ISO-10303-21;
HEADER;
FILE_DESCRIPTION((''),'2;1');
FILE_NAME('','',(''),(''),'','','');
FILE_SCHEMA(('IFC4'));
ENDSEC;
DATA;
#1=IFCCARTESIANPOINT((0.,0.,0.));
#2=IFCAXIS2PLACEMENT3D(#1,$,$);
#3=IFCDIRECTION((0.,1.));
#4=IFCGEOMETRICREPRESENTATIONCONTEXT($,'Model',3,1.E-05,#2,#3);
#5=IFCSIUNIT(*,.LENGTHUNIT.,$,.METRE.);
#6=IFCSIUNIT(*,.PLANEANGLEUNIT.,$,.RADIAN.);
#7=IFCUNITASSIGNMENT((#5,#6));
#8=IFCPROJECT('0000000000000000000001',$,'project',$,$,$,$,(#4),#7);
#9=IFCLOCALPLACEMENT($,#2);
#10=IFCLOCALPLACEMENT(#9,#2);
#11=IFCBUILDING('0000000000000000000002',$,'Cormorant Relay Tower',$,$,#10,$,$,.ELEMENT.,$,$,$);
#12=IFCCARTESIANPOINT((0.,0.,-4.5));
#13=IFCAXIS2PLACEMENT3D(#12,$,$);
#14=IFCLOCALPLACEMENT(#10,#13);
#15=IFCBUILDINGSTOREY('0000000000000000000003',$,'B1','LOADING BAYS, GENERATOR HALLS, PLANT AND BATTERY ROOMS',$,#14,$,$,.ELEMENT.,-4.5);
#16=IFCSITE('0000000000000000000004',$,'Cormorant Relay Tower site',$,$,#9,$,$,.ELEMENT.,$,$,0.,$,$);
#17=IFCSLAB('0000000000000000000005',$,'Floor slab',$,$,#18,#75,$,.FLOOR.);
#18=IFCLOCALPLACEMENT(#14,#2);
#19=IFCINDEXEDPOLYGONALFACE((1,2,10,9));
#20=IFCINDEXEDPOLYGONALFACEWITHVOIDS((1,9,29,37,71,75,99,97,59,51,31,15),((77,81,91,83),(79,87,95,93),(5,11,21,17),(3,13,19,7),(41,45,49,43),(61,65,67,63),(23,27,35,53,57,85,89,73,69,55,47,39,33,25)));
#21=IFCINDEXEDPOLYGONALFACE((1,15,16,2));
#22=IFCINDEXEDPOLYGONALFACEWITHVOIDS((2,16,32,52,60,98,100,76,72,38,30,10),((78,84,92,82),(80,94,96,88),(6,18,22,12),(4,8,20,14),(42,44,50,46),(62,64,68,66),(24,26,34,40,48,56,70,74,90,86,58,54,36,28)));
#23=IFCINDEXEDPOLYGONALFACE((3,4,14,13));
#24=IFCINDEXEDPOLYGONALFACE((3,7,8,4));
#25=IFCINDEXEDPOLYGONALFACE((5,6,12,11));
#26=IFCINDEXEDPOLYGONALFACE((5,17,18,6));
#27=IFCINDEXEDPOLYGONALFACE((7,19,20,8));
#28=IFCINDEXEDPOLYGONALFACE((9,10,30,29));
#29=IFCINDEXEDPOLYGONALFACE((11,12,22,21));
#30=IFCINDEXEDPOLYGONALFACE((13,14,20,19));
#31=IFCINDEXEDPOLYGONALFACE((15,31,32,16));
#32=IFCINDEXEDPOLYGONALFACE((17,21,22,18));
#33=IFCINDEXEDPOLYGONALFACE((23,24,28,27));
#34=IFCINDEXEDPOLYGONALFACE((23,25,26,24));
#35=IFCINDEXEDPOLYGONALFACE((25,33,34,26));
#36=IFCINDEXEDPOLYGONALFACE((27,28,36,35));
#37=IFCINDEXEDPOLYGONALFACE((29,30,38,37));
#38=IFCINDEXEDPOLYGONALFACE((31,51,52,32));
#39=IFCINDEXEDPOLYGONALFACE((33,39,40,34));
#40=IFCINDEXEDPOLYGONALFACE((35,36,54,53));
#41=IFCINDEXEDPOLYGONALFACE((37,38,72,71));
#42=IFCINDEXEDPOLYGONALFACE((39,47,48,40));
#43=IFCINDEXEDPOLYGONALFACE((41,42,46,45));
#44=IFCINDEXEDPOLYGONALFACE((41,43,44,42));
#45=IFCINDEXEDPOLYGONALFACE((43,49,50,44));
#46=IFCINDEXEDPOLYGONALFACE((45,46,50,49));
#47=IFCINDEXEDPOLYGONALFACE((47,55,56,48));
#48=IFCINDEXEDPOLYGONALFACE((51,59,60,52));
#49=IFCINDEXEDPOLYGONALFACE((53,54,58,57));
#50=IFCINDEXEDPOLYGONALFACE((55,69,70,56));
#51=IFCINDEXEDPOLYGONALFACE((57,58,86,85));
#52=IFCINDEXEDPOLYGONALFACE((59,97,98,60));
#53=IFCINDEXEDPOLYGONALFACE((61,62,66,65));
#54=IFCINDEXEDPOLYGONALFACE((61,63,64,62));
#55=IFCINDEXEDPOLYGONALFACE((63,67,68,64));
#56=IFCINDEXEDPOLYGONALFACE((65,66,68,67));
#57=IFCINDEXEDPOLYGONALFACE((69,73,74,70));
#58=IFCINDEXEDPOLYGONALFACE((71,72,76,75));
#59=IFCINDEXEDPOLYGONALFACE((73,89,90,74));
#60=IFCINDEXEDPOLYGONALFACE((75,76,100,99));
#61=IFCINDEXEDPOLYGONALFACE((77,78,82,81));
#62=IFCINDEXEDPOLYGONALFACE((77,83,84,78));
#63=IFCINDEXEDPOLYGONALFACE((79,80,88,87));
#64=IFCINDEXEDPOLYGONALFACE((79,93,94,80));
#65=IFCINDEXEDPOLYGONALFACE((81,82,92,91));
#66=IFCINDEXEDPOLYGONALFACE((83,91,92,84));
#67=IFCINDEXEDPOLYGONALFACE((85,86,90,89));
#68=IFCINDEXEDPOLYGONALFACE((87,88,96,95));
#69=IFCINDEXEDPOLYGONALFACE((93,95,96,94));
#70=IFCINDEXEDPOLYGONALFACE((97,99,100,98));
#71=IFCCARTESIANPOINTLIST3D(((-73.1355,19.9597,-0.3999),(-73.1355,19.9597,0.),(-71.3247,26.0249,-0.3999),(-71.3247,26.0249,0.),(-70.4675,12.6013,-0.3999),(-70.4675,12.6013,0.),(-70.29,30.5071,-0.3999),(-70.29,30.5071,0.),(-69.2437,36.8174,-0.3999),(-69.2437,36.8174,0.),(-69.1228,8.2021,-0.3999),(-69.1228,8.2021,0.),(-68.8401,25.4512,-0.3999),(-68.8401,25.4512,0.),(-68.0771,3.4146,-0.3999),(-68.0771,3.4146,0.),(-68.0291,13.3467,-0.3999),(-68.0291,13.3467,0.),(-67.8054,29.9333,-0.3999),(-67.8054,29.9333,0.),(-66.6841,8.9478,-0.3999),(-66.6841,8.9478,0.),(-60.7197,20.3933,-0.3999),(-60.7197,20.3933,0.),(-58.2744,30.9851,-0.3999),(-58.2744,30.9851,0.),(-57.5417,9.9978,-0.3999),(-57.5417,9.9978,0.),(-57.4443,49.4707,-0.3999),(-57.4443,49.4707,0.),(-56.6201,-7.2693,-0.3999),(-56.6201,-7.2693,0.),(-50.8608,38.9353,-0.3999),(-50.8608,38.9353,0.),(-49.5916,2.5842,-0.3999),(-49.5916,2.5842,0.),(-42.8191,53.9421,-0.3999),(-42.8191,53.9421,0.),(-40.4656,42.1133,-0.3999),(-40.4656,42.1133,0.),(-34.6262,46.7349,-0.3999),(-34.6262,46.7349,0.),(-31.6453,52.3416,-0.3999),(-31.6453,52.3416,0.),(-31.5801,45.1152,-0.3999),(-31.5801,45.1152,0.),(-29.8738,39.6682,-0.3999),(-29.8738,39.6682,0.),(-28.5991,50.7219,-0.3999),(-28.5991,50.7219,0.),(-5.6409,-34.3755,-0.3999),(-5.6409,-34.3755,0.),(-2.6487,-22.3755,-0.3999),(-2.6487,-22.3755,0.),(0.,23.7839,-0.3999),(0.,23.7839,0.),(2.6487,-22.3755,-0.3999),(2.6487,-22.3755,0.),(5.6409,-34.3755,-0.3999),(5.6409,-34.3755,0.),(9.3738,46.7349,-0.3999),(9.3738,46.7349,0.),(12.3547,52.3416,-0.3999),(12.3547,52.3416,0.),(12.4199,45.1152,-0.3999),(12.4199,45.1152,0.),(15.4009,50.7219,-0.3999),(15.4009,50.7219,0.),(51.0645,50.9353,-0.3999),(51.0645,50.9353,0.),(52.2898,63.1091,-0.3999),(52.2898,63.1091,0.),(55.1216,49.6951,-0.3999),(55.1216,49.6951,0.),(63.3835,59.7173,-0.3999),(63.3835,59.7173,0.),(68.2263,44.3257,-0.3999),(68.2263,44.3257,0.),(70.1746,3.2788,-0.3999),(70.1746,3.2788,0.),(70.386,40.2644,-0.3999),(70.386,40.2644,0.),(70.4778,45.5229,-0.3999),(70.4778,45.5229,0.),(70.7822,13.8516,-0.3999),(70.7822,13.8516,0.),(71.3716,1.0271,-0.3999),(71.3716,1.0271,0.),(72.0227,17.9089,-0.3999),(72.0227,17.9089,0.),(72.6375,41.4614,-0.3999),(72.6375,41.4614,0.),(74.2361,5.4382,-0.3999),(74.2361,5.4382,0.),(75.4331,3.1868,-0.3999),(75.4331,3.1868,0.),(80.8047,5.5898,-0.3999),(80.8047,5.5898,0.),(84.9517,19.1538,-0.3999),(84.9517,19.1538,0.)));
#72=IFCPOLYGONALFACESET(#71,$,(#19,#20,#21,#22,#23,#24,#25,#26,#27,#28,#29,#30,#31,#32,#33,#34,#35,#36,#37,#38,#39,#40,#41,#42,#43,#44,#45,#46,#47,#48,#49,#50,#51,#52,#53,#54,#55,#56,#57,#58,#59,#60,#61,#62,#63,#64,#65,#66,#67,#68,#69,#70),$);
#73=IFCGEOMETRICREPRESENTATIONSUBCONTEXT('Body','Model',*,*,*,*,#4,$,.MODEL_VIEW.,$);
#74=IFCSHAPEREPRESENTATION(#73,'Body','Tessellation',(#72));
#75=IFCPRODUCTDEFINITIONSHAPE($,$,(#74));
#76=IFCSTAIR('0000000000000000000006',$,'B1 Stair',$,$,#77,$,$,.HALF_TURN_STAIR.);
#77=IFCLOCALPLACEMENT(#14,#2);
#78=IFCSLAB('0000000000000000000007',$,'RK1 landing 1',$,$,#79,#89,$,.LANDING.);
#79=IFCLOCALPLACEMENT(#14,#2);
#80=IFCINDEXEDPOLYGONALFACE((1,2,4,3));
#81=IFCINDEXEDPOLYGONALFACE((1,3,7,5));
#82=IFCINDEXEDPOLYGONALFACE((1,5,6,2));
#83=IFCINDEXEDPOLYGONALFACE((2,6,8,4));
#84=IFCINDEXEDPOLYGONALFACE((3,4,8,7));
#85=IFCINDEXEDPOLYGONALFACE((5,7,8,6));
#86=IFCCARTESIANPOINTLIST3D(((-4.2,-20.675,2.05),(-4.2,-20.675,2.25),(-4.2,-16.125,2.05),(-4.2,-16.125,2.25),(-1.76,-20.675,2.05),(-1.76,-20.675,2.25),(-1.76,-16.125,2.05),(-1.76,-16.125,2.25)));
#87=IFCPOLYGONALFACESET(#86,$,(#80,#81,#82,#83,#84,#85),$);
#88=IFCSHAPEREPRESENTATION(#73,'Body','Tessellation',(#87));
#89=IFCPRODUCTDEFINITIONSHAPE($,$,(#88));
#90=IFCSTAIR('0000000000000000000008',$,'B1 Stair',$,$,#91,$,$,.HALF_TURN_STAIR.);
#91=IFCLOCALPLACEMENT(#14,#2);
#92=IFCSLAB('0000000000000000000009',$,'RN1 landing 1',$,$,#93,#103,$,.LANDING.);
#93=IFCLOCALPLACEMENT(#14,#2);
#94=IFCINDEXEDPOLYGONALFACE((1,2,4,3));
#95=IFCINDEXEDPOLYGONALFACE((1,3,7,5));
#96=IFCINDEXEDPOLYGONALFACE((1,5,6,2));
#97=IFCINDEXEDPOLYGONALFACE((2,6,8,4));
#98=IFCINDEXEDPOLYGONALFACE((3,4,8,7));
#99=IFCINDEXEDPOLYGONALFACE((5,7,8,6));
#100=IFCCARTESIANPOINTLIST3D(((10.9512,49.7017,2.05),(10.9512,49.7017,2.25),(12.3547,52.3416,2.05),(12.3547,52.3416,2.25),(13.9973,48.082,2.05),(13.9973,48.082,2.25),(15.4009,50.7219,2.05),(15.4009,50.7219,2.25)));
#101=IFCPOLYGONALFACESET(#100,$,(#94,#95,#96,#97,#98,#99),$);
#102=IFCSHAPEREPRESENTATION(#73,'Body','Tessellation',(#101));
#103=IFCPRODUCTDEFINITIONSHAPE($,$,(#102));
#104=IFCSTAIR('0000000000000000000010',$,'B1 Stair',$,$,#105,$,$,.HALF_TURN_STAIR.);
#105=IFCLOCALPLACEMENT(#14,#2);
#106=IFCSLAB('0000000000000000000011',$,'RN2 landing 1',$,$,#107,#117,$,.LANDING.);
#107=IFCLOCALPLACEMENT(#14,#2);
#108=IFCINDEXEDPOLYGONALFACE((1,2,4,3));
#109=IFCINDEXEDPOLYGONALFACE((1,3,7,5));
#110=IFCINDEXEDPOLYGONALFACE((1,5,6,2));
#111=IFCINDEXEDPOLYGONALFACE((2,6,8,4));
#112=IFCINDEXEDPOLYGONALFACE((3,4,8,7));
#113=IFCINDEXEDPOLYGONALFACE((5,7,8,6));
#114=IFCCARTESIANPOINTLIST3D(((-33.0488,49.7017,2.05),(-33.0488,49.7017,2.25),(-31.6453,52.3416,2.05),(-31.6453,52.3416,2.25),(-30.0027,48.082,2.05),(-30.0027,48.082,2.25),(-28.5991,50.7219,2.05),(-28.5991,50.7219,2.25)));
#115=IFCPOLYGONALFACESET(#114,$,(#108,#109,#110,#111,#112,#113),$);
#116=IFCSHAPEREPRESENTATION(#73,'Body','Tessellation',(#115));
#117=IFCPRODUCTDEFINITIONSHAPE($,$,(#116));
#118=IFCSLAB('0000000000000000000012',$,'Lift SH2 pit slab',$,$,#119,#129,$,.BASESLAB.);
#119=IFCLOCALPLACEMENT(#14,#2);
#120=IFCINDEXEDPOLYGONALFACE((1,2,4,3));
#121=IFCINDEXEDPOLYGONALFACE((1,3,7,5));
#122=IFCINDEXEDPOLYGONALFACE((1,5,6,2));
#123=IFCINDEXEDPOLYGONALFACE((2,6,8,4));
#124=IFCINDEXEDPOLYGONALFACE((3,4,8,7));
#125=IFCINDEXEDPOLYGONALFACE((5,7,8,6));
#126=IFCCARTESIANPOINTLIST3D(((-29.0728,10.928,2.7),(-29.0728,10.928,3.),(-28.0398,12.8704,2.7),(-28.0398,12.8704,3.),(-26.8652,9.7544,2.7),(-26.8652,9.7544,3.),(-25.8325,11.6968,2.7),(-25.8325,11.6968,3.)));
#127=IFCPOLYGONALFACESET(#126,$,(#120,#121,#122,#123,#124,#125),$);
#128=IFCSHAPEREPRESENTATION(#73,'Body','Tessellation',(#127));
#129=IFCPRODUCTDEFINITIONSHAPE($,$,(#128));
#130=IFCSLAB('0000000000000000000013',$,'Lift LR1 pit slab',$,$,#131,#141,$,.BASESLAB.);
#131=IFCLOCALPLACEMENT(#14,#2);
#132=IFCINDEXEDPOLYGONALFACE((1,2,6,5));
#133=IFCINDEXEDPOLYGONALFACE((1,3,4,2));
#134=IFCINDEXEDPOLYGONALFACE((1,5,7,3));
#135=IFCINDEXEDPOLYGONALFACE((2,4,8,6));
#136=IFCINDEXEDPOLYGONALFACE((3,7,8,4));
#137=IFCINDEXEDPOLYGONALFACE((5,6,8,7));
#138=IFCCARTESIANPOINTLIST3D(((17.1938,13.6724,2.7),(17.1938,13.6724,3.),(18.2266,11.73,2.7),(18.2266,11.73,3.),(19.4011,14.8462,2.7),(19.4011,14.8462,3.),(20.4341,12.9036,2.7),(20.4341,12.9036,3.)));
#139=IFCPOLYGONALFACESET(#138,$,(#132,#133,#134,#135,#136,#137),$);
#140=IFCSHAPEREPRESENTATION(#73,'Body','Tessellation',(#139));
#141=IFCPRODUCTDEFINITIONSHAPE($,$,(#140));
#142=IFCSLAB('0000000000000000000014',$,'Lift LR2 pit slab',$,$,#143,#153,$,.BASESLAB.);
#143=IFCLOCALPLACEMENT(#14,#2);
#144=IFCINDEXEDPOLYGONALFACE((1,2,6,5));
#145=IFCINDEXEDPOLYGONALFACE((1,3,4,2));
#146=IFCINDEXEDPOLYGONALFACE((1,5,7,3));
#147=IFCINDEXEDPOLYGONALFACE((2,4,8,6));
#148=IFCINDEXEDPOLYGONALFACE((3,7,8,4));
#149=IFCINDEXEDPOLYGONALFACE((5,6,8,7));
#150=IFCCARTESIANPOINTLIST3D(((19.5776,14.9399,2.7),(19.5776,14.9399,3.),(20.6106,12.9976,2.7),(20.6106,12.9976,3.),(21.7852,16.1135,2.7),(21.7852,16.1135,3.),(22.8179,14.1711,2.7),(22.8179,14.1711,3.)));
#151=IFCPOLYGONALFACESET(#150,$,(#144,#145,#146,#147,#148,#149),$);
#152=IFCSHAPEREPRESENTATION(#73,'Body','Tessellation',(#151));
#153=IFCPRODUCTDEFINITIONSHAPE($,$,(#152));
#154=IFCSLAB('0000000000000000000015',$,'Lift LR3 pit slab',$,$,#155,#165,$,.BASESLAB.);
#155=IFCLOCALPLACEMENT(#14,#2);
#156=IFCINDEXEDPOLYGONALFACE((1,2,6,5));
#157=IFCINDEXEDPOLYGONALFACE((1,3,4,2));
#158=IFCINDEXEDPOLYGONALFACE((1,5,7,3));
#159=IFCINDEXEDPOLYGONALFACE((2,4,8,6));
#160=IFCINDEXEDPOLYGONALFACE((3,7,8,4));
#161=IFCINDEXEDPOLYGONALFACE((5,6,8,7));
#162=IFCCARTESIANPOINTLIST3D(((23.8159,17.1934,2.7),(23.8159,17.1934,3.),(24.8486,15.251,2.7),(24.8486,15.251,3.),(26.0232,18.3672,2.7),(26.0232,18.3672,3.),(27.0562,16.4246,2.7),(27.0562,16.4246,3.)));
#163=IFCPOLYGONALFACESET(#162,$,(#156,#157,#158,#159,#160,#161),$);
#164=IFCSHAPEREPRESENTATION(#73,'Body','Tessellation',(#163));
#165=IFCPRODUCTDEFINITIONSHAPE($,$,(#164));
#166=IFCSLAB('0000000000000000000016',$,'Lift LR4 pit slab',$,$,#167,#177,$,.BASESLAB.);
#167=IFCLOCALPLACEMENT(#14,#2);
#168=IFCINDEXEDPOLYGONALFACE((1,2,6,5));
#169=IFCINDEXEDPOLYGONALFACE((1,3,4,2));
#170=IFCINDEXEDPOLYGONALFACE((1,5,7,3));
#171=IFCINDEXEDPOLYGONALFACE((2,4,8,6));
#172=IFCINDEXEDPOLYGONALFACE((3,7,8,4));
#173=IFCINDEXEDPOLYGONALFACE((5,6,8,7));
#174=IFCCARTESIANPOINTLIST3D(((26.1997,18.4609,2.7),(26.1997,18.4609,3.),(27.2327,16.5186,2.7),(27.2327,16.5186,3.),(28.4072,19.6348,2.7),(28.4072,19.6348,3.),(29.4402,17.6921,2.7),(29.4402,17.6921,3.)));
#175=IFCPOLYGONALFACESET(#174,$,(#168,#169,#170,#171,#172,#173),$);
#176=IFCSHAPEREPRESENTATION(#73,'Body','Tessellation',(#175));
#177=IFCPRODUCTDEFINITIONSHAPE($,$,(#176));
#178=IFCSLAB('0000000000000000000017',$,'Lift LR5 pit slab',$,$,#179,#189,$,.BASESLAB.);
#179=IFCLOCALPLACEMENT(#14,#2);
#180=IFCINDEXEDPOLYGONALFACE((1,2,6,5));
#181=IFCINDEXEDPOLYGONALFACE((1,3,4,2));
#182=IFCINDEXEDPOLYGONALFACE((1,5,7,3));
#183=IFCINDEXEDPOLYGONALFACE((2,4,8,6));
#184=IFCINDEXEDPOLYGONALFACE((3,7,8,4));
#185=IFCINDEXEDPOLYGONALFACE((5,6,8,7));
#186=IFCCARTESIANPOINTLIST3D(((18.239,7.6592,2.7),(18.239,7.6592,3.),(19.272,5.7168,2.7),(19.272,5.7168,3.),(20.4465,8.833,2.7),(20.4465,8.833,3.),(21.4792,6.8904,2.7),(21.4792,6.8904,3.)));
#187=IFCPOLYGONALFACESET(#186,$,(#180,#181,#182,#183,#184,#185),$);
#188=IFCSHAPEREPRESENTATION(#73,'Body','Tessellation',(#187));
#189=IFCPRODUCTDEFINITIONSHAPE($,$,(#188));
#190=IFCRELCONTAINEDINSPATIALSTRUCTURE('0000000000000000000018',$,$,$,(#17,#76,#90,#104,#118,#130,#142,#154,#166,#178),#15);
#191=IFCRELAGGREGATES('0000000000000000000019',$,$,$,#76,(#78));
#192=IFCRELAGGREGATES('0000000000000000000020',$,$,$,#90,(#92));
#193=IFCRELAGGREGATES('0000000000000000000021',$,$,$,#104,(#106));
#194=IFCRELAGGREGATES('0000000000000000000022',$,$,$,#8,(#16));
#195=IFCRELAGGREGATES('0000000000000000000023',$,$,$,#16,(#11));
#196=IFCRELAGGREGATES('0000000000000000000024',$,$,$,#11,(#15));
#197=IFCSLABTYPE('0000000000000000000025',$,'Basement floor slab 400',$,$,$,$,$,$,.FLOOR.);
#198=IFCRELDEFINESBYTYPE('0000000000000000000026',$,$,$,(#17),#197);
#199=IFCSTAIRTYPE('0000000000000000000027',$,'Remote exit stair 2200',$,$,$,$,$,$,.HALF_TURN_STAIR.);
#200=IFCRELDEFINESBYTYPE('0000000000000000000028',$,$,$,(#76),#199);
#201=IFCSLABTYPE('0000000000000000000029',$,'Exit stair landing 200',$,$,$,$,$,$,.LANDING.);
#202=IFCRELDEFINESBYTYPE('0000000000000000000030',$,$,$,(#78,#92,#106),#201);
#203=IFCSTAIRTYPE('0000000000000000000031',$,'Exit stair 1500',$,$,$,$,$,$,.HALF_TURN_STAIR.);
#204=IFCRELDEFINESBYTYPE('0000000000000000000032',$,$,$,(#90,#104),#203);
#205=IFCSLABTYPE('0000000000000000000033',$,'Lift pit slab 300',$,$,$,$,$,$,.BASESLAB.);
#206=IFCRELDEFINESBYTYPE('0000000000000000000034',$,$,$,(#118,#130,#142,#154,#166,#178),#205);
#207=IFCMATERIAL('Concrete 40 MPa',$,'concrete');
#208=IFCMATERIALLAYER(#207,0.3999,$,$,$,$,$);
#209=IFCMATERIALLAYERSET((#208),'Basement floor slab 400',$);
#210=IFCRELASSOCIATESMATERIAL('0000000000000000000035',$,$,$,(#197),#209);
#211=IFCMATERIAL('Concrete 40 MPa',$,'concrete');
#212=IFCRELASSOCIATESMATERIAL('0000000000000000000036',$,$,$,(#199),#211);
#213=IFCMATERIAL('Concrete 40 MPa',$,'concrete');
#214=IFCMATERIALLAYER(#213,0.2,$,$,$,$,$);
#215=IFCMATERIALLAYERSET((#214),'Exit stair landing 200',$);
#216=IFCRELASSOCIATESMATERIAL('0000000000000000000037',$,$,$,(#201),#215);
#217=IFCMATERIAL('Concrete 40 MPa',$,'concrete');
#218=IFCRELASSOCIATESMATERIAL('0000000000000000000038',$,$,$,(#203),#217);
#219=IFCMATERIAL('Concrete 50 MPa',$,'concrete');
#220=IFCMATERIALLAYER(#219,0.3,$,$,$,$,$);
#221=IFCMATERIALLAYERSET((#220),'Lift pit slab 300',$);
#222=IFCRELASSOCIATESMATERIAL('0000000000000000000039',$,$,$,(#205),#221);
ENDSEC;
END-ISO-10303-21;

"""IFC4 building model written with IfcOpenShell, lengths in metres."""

from ifc_helpers import new_model, si_unit, direction, frame, origin, place, context, subcontext, project, spatial, polyline, outline, extrude, material, layer, layer_set, type_object, element, aggregate, save


model = new_model("IFC4")

# Units and contexts
model_context = context("Model", 3, precision=1e-05, world=origin(), true_north=direction((0.0, 1.0)))
body_context = subcontext(model_context, "Body", "Model", "MODEL_VIEW")
ifc_project = project(units=[si_unit("LENGTHUNIT", "METRE"), si_unit("PLANEANGLEUNIT", "RADIAN")], contexts=[model_context])

# Site, building, storey
site_placement = place(None, origin())
site = spatial("IfcSite", under=ifc_project, at=site_placement, Name="Cormorant Relay Tower site", CompositionType="ELEMENT", RefElevation=0.0)
building_placement = place(site_placement, origin())
building = spatial("IfcBuilding", under=site, at=building_placement, Name="Cormorant Relay Tower", CompositionType="ELEMENT")
storey_placement = place(building_placement, frame((0.0, 0.0, -4.5)))
storey = spatial("IfcBuildingStorey", under=building, at=storey_placement, Name="B1", Description="LOADING BAYS, GENERATOR HALLS, PLANT AND BATTERY ROOMS", CompositionType="ELEMENT", Elevation=-4.5)

# Slab
ifc_material_1 = material(Name="Concrete 40 MPa", Category="concrete")
ifc_layer_1 = layer(ifc_material_1, 0.3999)
ifc_layer_set_1 = layer_set([ifc_layer_1], Name="Basement floor slab 400")
slab_type_1 = type_object("IfcSlabType", Name="Basement floor slab 400", PredefinedType="FLOOR", material=ifc_layer_set_1)
slab_1_placement = place(storey_placement, frame((0.0, 0.0, -0.3999)))
element("IfcSlab", 1, at=slab_1_placement, inside=storey, type_object=slab_type_1, Name="Floor slab", PredefinedType="FLOOR", context=body_context, shape_type="SweptSolid", body=[
    extrude(outline(polyline([(-5.6409, -34.3755), (5.6409, -34.3755), (80.8047, 5.5898), (84.9517, 19.1538), (63.3835, 59.7173), (52.2898, 63.1091), (-42.8191, 53.9421), (-57.4443, 49.4707), (-69.2437, 36.8174), (-73.1355, 19.9597), (-68.0771, 3.4146), (-56.6201, -7.2693), (-5.6409, -34.3755)]), holes=[polyline([(2.6487, -22.3755), (70.7822, 13.8516), (72.0227, 17.9089), (55.1216, 49.6951), (51.0645, 50.9353), (0.0, 23.7839), (-29.8738, 39.6682), (-40.4656, 42.1133), (-50.8608, 38.9353), (-58.2744, 30.9851), (-60.7197, 20.3933), (-57.5417, 9.9978), (-49.5916, 2.5842), (-2.6487, -22.3755), (2.6487, -22.3755)]), polyline([(74.2361, 5.4382), (70.1746, 3.2788), (71.3716, 1.0271), (75.4331, 3.1868), (74.2361, 5.4382)]), polyline([(-66.6841, 8.9478), (-68.0291, 13.3467), (-70.4675, 12.6013), (-69.1228, 8.2021), (-66.6841, 8.9478)]), polyline([(-68.8401, 25.4512), (-67.8054, 29.9333), (-70.29, 30.5071), (-71.3247, 26.0249), (-68.8401, 25.4512)]), polyline([(68.2263, 44.3257), (70.386, 40.2644), (72.6375, 41.4614), (70.4778, 45.5229), (68.2263, 44.3257)]), polyline([(-31.6453, 52.3416), (-34.6262, 46.7349), (-31.5801, 45.1152), (-28.5991, 50.7219), (-31.6453, 52.3416)]), polyline([(12.3547, 52.3416), (9.3738, 46.7349), (12.4199, 45.1152), (15.4009, 50.7219), (12.3547, 52.3416)])]), origin(), (0.0, 0.0, 1.0), 0.3999),
])

# Stairs, slabs
ifc_material_2 = material(Name="Concrete 40 MPa", Category="concrete")
stair_type_1 = type_object("IfcStairType", Name="Remote exit stair 2200", PredefinedType="HALF_TURN_STAIR", material=ifc_material_2)
stair_1_placement = place(storey_placement, origin())
stair_1 = element("IfcStair", 2, at=stair_1_placement, inside=storey, type_object=stair_type_1, Name="B1 Stair", PredefinedType="HALF_TURN_STAIR")
ifc_material_3 = material(Name="Concrete 40 MPa", Category="concrete")
ifc_layer_2 = layer(ifc_material_3, 0.2)
ifc_layer_set_2 = layer_set([ifc_layer_2], Name="Exit stair landing 200")
slab_type_2 = type_object("IfcSlabType", Name="Exit stair landing 200", PredefinedType="LANDING", material=ifc_layer_set_2)
slab_2_placement = place(storey_placement, frame((0.0, 0.0, 2.05)))
slab_2 = element("IfcSlab", 3, at=slab_2_placement, type_object=slab_type_2, Name="RK1 landing 1", PredefinedType="LANDING", context=body_context, shape_type="SweptSolid", body=[
    extrude(outline(polyline([(-1.76, -16.125), (-4.2, -16.125), (-4.2, -20.675), (-1.76, -20.675), (-1.76, -16.125)])), origin(), (0.0, 0.0, 1.0), 0.2),
])
aggregate(stair_1, [slab_2])
ifc_material_4 = material(Name="Concrete 40 MPa", Category="concrete")
stair_type_2 = type_object("IfcStairType", Name="Exit stair 1500", PredefinedType="HALF_TURN_STAIR", material=ifc_material_4)
stair_2_placement = place(storey_placement, origin())
stair_2 = element("IfcStair", 4, at=stair_2_placement, inside=storey, type_object=stair_type_2, Name="B1 Stair", PredefinedType="HALF_TURN_STAIR")
slab_3_placement = place(storey_placement, frame((0.0, 0.0, 2.05)))
slab_3 = element("IfcSlab", 5, at=slab_3_placement, type_object=slab_type_2, Name="RN1 landing 1", PredefinedType="LANDING", context=body_context, shape_type="SweptSolid", body=[
    extrude(outline(polyline([(13.9973, 48.082), (15.4009, 50.7219), (12.3547, 52.3416), (10.9512, 49.7017), (13.9973, 48.082)])), origin(), (0.0, 0.0, 1.0), 0.2),
])
aggregate(stair_2, [slab_3])
stair_3_placement = place(storey_placement, origin())
stair_3 = element("IfcStair", 6, at=stair_3_placement, inside=storey, type_object=stair_type_2, Name="B1 Stair", PredefinedType="HALF_TURN_STAIR")
slab_4_placement = place(storey_placement, frame((0.0, 0.0, 2.05)))
slab_4 = element("IfcSlab", 7, at=slab_4_placement, type_object=slab_type_2, Name="RN2 landing 1", PredefinedType="LANDING", context=body_context, shape_type="SweptSolid", body=[
    extrude(outline(polyline([(-30.0027, 48.082), (-28.5991, 50.7219), (-31.6453, 52.3416), (-33.0488, 49.7017), (-30.0027, 48.082)])), origin(), (0.0, 0.0, 1.0), 0.2),
])
aggregate(stair_3, [slab_4])

# Slabs
ifc_material_5 = material(Name="Concrete 50 MPa", Category="concrete")
ifc_layer_3 = layer(ifc_material_5, 0.3)
ifc_layer_set_3 = layer_set([ifc_layer_3], Name="Lift pit slab 300")
slab_type_3 = type_object("IfcSlabType", Name="Lift pit slab 300", PredefinedType="BASESLAB", material=ifc_layer_set_3)
slab_5_placement = place(storey_placement, frame((0.0, 0.0, 2.7)))
element("IfcSlab", 8, at=slab_5_placement, inside=storey, type_object=slab_type_3, Name="Lift SH2 pit slab", PredefinedType="BASESLAB", context=body_context, shape_type="SweptSolid", body=[
    extrude(outline(polyline([(-28.0398, 12.8704), (-25.8325, 11.6968), (-26.8652, 9.7544), (-29.0728, 10.928), (-28.0398, 12.8704)])), origin(), (0.0, 0.0, 1.0), 0.3),
])
slab_6_placement = place(storey_placement, frame((0.0, 0.0, 2.7)))
element("IfcSlab", 9, at=slab_6_placement, inside=storey, type_object=slab_type_3, Name="Lift LR1 pit slab", PredefinedType="BASESLAB", context=body_context, shape_type="SweptSolid", body=[
    extrude(outline(polyline([(20.4341, 12.9036), (18.2266, 11.73), (17.1938, 13.6724), (19.4011, 14.8462), (20.4341, 12.9036)])), origin(), (0.0, 0.0, 1.0), 0.3),
])
slab_7_placement = place(storey_placement, frame((0.0, 0.0, 2.7)))
element("IfcSlab", 10, at=slab_7_placement, inside=storey, type_object=slab_type_3, Name="Lift LR2 pit slab", PredefinedType="BASESLAB", context=body_context, shape_type="SweptSolid", body=[
    extrude(outline(polyline([(22.8179, 14.1711), (20.6106, 12.9976), (19.5776, 14.9399), (21.7852, 16.1135), (22.8179, 14.1711)])), origin(), (0.0, 0.0, 1.0), 0.3),
])
slab_8_placement = place(storey_placement, frame((0.0, 0.0, 2.7)))
element("IfcSlab", 11, at=slab_8_placement, inside=storey, type_object=slab_type_3, Name="Lift LR3 pit slab", PredefinedType="BASESLAB", context=body_context, shape_type="SweptSolid", body=[
    extrude(outline(polyline([(26.0232, 18.3672), (27.0562, 16.4246), (24.8486, 15.251), (23.8159, 17.1934), (26.0232, 18.3672)])), origin(), (0.0, 0.0, 1.0), 0.3),
])
slab_9_placement = place(storey_placement, frame((0.0, 0.0, 2.7)))
element("IfcSlab", 12, at=slab_9_placement, inside=storey, type_object=slab_type_3, Name="Lift LR4 pit slab", PredefinedType="BASESLAB", context=body_context, shape_type="SweptSolid", body=[
    extrude(outline(polyline([(29.4402, 17.6921), (27.2327, 16.5186), (26.1997, 18.4609), (28.4072, 19.6348), (29.4402, 17.6921)])), origin(), (0.0, 0.0, 1.0), 0.3),
])
slab_10_placement = place(storey_placement, frame((0.0, 0.0, 2.7)))
element("IfcSlab", 13, at=slab_10_placement, inside=storey, type_object=slab_type_3, Name="Lift LR5 pit slab", PredefinedType="BASESLAB", context=body_context, shape_type="SweptSolid", body=[
    extrude(outline(polyline([(20.4465, 8.833), (21.4792, 6.8904), (19.272, 5.7168), (18.239, 7.6592), (20.4465, 8.833)])), origin(), (0.0, 0.0, 1.0), 0.3),
])

save(model, "model.ifc")
